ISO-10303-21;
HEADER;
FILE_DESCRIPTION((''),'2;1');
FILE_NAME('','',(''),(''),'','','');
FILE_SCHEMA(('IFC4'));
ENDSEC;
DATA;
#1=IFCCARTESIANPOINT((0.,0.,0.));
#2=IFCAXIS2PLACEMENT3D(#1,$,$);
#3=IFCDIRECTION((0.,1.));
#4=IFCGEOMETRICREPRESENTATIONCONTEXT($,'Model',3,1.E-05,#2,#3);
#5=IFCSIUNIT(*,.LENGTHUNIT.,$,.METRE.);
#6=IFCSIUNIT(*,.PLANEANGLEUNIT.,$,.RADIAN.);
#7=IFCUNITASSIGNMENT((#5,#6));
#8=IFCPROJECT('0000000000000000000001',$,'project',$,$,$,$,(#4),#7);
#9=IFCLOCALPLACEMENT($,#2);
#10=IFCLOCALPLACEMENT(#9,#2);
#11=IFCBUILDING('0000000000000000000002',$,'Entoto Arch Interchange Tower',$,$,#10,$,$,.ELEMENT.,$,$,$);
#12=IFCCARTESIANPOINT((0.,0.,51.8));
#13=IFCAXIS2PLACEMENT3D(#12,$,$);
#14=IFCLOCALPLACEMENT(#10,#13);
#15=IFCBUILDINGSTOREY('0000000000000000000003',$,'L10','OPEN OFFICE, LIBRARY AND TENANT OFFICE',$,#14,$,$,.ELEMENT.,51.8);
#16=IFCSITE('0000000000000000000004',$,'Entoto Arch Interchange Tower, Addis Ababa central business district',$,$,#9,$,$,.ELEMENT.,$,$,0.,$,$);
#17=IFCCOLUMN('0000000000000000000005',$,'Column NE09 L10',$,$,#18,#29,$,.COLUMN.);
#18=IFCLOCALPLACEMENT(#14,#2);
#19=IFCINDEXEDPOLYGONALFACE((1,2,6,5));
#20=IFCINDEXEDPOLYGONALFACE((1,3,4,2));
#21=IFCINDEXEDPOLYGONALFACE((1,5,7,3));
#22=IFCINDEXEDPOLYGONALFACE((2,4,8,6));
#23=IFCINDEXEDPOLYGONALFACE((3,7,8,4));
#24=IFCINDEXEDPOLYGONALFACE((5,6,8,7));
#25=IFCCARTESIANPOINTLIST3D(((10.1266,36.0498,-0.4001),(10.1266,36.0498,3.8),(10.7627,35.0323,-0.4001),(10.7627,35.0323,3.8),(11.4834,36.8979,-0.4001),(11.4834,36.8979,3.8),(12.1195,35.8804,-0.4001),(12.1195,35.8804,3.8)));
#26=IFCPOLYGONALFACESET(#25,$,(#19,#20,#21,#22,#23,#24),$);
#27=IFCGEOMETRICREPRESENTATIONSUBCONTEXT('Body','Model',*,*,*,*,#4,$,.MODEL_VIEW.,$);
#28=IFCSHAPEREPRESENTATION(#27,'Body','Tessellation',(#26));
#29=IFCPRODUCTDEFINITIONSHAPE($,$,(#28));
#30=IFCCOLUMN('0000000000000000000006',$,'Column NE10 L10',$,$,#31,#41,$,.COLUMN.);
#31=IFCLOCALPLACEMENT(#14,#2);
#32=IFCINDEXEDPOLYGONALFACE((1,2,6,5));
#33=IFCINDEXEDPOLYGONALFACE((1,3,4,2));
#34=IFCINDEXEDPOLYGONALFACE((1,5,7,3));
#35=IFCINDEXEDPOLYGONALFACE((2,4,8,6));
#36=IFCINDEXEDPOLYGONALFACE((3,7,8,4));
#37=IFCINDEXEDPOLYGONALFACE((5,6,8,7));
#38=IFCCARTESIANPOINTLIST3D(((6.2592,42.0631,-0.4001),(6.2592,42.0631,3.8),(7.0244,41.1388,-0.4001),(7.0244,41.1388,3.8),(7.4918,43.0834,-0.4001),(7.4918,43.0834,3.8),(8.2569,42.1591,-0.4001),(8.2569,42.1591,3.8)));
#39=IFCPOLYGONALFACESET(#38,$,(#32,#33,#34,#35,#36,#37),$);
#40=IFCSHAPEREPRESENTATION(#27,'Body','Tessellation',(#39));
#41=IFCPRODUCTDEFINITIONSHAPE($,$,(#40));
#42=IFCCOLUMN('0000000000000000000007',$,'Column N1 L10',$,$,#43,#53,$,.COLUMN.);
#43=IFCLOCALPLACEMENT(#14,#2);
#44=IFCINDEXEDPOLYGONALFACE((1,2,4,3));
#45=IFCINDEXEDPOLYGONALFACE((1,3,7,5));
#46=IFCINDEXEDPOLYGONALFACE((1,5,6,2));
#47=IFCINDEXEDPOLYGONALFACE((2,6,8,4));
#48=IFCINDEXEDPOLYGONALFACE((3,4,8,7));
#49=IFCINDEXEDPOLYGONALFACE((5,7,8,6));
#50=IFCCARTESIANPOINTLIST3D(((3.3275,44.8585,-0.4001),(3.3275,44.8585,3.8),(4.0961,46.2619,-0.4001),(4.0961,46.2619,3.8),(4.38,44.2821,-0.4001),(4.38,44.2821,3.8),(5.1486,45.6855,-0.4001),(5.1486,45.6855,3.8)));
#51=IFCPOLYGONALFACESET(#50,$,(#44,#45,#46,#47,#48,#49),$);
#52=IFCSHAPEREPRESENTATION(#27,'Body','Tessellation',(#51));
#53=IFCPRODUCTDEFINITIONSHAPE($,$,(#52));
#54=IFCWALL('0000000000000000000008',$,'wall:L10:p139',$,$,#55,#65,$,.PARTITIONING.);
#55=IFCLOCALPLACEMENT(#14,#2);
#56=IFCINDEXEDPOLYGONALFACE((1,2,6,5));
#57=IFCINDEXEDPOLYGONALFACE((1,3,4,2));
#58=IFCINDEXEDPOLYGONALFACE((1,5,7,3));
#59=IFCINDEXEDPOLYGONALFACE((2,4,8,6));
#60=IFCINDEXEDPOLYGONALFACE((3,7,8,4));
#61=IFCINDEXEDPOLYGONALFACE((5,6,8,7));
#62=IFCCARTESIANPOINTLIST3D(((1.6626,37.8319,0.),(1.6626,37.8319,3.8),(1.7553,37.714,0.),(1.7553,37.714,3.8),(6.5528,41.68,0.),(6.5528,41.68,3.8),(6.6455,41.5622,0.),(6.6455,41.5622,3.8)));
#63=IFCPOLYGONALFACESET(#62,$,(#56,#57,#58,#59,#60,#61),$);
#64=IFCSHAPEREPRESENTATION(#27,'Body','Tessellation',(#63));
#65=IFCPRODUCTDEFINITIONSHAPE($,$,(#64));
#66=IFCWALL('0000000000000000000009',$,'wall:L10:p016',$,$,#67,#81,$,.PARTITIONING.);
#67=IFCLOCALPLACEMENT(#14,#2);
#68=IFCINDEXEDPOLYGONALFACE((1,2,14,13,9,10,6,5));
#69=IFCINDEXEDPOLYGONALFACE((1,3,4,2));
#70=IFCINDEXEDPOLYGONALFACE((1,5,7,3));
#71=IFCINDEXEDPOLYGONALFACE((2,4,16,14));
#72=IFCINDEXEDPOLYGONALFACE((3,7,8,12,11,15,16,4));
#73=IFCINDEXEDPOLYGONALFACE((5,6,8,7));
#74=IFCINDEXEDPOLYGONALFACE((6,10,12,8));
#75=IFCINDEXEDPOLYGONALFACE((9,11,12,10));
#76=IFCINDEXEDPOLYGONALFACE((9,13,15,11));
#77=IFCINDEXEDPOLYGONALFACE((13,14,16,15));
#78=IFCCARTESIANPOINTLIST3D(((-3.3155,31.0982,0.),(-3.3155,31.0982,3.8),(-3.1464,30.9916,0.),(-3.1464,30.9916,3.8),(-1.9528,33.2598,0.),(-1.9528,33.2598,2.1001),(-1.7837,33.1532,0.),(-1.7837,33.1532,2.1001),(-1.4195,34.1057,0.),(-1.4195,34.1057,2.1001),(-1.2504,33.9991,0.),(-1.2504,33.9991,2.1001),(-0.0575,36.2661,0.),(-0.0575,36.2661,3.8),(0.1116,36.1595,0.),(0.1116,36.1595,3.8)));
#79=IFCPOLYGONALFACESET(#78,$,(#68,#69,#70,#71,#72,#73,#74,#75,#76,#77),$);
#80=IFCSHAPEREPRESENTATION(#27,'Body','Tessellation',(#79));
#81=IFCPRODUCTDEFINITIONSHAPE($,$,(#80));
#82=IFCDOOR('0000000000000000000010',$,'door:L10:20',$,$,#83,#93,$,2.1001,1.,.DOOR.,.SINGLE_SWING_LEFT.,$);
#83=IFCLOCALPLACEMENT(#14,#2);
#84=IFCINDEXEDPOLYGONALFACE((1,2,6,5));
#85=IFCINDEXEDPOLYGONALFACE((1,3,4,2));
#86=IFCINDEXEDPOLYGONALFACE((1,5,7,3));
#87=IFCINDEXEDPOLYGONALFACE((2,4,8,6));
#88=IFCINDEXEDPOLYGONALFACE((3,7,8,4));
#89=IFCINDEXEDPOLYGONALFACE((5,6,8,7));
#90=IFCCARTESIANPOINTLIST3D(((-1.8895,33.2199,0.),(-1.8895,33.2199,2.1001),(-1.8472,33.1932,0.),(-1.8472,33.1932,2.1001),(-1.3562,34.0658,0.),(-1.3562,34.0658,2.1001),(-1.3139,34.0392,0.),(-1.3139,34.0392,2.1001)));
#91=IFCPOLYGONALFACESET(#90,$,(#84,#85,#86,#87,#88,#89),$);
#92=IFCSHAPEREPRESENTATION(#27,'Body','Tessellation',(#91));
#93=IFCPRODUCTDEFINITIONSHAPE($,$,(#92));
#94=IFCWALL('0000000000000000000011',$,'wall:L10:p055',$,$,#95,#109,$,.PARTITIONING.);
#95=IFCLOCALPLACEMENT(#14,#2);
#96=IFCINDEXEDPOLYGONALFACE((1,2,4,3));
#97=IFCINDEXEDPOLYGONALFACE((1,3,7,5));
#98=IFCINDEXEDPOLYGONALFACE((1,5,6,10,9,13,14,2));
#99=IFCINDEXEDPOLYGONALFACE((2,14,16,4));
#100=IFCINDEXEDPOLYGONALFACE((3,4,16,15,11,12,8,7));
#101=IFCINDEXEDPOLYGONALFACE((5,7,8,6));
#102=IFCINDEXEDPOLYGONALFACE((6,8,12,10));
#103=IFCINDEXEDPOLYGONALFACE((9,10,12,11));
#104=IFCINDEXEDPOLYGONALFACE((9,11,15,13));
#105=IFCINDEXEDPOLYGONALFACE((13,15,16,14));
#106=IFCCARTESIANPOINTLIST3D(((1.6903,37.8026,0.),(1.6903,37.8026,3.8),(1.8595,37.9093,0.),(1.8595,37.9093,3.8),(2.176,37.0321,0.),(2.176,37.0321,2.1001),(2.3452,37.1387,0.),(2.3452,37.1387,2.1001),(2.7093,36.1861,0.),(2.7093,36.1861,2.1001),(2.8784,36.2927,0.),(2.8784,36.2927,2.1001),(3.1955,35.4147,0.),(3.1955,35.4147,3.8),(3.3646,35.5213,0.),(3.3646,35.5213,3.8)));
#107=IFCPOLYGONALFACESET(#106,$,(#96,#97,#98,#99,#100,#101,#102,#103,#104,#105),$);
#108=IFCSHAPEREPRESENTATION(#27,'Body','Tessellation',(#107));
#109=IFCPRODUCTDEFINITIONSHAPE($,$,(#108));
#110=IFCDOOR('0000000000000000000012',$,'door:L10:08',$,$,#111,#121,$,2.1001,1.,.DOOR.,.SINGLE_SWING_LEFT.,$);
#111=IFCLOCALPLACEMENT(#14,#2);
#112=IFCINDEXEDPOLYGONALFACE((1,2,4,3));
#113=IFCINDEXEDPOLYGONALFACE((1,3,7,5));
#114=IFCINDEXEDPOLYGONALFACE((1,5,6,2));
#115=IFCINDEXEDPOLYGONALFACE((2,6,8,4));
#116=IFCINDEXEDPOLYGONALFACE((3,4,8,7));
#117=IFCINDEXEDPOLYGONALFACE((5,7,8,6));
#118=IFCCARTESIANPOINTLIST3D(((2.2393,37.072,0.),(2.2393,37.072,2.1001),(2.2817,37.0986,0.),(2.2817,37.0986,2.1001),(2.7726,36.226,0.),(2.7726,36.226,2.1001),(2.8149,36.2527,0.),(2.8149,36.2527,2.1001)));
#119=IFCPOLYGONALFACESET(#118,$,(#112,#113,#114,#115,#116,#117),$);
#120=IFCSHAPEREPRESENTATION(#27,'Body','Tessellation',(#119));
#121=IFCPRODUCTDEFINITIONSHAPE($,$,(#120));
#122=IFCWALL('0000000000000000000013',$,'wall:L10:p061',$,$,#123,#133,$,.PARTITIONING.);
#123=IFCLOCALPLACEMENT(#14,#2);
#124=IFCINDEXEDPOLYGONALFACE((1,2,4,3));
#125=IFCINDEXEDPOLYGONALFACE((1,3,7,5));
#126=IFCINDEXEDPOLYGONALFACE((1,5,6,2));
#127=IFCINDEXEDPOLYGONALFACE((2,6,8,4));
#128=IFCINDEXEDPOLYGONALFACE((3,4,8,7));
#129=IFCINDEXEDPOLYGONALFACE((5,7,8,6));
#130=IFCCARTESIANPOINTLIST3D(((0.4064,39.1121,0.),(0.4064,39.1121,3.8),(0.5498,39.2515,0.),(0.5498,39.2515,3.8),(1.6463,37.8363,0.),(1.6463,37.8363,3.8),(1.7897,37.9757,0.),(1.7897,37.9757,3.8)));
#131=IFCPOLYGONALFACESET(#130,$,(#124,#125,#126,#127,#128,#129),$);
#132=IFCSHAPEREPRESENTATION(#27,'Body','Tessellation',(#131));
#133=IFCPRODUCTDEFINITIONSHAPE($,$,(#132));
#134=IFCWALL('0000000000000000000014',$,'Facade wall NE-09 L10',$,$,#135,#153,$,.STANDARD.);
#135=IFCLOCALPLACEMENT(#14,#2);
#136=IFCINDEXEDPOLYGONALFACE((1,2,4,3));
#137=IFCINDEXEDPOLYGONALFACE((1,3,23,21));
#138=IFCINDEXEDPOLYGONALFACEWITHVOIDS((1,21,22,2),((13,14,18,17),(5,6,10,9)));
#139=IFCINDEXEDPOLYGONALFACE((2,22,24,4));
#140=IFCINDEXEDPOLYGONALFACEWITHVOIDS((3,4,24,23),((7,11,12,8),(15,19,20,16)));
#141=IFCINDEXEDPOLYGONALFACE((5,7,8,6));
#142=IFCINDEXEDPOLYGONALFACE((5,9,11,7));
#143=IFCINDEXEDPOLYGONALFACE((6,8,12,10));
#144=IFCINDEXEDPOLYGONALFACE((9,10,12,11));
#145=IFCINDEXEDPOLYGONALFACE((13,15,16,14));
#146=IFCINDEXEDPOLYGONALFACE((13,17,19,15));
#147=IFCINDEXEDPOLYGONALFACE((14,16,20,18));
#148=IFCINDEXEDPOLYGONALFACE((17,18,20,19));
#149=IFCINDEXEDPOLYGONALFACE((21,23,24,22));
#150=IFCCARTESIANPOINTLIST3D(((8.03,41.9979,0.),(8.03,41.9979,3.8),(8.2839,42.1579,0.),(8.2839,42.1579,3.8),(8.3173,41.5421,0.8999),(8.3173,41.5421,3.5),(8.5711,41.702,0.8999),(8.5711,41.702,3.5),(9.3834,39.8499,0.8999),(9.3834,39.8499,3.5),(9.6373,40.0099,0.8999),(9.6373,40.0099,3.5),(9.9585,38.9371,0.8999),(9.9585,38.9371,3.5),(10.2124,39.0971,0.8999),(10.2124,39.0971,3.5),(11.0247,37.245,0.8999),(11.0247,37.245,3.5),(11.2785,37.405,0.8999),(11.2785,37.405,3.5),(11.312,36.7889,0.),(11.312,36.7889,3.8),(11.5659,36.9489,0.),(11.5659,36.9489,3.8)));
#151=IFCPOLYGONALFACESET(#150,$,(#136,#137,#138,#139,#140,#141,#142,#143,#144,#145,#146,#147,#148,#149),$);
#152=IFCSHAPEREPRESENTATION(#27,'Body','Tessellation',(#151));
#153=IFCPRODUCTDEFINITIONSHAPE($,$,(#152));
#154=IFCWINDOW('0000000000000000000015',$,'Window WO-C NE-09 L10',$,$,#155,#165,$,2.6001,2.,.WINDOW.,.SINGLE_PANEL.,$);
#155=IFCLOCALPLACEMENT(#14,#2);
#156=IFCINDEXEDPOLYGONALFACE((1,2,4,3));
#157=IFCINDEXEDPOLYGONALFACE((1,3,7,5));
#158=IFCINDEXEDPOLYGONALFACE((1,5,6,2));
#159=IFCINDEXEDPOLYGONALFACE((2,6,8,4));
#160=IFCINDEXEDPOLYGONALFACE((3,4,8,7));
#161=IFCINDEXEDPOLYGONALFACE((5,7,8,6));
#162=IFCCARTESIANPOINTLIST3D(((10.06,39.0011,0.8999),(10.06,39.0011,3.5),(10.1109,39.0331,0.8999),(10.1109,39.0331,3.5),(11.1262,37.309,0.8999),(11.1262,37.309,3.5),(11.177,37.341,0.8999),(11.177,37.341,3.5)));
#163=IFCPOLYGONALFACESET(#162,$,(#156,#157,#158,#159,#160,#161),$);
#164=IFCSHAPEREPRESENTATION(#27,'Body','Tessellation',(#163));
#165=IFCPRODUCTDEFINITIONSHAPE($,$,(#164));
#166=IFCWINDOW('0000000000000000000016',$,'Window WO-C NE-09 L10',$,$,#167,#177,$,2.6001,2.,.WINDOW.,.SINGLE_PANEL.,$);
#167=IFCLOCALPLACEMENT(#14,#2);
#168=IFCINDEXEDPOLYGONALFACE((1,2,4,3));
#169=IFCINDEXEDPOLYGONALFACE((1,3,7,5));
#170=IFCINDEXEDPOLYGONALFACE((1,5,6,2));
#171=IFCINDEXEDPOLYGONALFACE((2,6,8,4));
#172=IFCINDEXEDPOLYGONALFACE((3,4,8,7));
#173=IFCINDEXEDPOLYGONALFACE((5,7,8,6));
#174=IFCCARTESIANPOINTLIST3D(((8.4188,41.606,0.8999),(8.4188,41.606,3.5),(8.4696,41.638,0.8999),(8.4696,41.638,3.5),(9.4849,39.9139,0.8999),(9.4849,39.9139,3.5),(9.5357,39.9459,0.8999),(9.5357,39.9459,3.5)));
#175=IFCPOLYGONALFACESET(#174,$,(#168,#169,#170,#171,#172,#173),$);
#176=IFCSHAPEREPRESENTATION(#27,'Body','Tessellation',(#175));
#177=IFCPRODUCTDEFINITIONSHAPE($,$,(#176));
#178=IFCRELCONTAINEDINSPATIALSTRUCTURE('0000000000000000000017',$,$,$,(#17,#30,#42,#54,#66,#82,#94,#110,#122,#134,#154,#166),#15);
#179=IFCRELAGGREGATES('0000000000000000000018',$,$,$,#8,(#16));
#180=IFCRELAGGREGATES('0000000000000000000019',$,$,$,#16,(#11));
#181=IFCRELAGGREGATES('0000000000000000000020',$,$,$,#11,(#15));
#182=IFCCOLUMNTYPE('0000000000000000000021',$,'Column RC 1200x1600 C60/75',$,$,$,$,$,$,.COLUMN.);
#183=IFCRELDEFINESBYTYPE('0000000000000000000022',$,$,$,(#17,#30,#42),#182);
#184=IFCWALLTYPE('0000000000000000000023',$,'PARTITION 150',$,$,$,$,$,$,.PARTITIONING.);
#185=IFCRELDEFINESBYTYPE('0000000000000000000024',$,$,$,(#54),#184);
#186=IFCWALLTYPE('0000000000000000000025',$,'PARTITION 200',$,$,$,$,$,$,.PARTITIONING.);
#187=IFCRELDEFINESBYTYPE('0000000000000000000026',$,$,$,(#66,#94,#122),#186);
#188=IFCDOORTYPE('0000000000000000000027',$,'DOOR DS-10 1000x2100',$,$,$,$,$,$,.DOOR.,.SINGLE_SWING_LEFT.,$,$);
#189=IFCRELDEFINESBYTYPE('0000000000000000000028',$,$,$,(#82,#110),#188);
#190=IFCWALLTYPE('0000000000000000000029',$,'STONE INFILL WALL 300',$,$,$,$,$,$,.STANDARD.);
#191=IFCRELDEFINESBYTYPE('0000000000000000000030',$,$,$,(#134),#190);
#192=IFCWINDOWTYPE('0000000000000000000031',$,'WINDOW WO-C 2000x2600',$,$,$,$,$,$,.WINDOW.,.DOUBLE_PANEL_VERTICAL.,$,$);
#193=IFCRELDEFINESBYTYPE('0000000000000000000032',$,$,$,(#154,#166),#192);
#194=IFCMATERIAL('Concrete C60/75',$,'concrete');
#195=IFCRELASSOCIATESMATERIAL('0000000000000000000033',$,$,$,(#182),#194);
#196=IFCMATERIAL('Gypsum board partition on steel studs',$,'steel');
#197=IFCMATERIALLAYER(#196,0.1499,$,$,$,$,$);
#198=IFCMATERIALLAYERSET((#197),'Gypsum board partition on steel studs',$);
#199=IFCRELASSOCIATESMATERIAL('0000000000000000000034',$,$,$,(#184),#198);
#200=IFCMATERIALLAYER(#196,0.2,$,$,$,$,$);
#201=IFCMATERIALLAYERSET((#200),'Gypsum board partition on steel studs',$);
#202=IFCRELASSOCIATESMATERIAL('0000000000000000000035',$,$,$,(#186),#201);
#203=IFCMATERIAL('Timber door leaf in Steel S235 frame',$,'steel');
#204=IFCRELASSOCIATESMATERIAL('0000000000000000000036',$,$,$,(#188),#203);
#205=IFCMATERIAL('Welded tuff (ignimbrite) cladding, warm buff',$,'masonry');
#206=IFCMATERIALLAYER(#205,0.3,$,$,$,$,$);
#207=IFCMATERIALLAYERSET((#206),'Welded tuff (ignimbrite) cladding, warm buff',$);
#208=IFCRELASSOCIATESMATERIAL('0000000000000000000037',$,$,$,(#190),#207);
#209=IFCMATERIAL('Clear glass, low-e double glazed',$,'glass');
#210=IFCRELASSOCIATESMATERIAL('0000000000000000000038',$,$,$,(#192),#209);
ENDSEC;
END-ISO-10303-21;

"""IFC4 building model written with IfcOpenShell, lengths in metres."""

from ifc_helpers import new_model, si_unit, direction, frame, frame_2d, origin, origin_2d, place, context, subcontext, project, spatial, rectangle, extrude, material, layer, layer_set, material_profile, profile_set, type_object, element, fill, save


model = new_model("IFC4")

# Units and contexts
model_context = context("Model", 3, precision=1e-05, world=origin(), true_north=direction((0.0, 1.0)))
body_context = subcontext(model_context, "Body", "Model", "MODEL_VIEW")
ifc_project = project(units=[si_unit("LENGTHUNIT", "METRE"), si_unit("PLANEANGLEUNIT", "RADIAN")], contexts=[model_context])

# Site, building, storey
site_placement = place(None, origin())
site = spatial("IfcSite", under=ifc_project, at=site_placement, Name="Entoto Arch Interchange Tower, Addis Ababa central business district", CompositionType="ELEMENT", RefElevation=0.0)
building_placement = place(site_placement, origin())
building = spatial("IfcBuilding", under=site, at=building_placement, Name="Entoto Arch Interchange Tower", CompositionType="ELEMENT")
storey_placement = place(building_placement, frame((0.0, 0.0, 51.8)))
storey = spatial("IfcBuildingStorey", under=building, at=storey_placement, Name="L10", Description="OPEN OFFICE, LIBRARY AND TENANT OFFICE", CompositionType="ELEMENT", Elevation=51.8)

# Columns
ifc_material_1 = material(Name="Concrete C60/75", Category="concrete")
ifc_material_profile = material_profile(ifc_material_1, rectangle(XDim=1.2, YDim=1.6001, at=origin_2d()))
ifc_profile_set = profile_set([ifc_material_profile], Name="Concrete C60/75")
column_type = type_object("IfcColumnType", Name="Column RC 1200x1600 C60/75", PredefinedType="COLUMN", material=ifc_profile_set)
for number, where, z_axis, x_axis, name in (
    (1, (11.123, 35.9651, -0.4001), (0.0, 0.0, 1.0), (-0.530067, 0.847956, 0.0), "Column NE09 L10"),
    (2, (7.2581, 42.1111, -0.4001), (0.0, 0.0, 1.0), (-0.637666, 0.770313, 0.0), "Column NE10 L10"),
    (3, (4.238, 45.272, -0.4001), (0.0, 0.0, 1.0), (-0.877079, 0.480346, 0.0), "Column N1 L10"),
):
    element("IfcColumn", number, at=place(storey_placement, frame(where, z_axis=z_axis, x_axis=x_axis)), inside=storey, type_object=column_type, Name=name, PredefinedType="COLUMN", context=body_context, shape_type="SweptSolid", body=[
        extrude(rectangle(XDim=1.2, YDim=1.6001, at=origin_2d()), origin(), (0.0, 0.0, 1.0), 4.2002),
    ])

# Wall
ifc_material_2 = material(Name="Gypsum board partition on steel studs", Category="steel")
ifc_layer_1 = layer(ifc_material_2, 0.1499)
ifc_layer_set_1 = layer_set([ifc_layer_1], Name="Gypsum board partition on steel studs")
wall_type_1 = type_object("IfcWallType", Name="PARTITION 150", PredefinedType="PARTITIONING", material=ifc_layer_set_1)
wall_1_placement = place(storey_placement, frame((1.709, 37.7729, 0.0), z_axis=(0.0, 0.0, 1.0), x_axis=(0.785858, 0.618407, 0.0)))
element("IfcWall", 4, at=wall_1_placement, inside=storey, type_object=wall_type_1, Name="wall:L10:p139", PredefinedType="PARTITIONING", context=body_context, shape_type="SweptSolid", body=[
    extrude(rectangle(XDim=6.2227, YDim=0.1499, at=frame_2d((3.1113, 0.0))), origin(), (0.0, 0.0, 1.0), 3.8),
])

# Walls, openings, doors
ifc_layer_2 = layer(ifc_material_2, 0.2)
ifc_layer_set_2 = layer_set([ifc_layer_2], Name="Gypsum board partition on steel studs")
wall_type_2 = type_object("IfcWallType", Name="PARTITION 200", PredefinedType="PARTITIONING", material=ifc_layer_set_2)
wall_2_placement = place(storey_placement, frame((0.0271, 36.2129, 0.0), z_axis=(0.0, 0.0, 1.0), x_axis=(-0.5333, -0.845926, 0.0)))
wall_2 = element("IfcWall", 5, at=wall_2_placement, inside=storey, type_object=wall_type_2, Name="wall:L10:p016", PredefinedType="PARTITIONING", context=body_context, shape_type="SweptSolid", body=[
    extrude(rectangle(XDim=6.1091, YDim=0.2, at=frame_2d((3.0547, 0.0))), origin(), (0.0, 0.0, 1.0), 3.8),
])
opening_1_placement = place(wall_2_placement, frame((2.554, 0.0, 0.0)))
opening_1 = element("IfcOpeningElement", 6, at=opening_1_placement, cuts=wall_2, PredefinedType="OPENING", context=body_context, shape_type="SweptSolid", body=[
    extrude(rectangle(XDim=1.0, YDim=2.1001, at=frame_2d((0.5, 1.05))), frame((0.0, 0.1099, 0.0), z_axis=(0.0, -1.0, 0.0), x_axis=(1.0, 0.0, 0.0)), (0.0, 0.0, 1.0), 0.22),
])
ifc_material_3 = material(Name="Timber door leaf in Steel S235 frame", Category="steel")
door_type = type_object("IfcDoorType", Name="DOOR DS-10 1000x2100", OperationType="SINGLE_SWING_LEFT", PredefinedType="DOOR", material=ifc_material_3)
door_1_placement = place(opening_1_placement, origin())
door_1 = element("IfcDoor", 7, at=door_1_placement, inside=storey, type_object=door_type, Name="door:L10:20", OperationType="SINGLE_SWING_LEFT", OverallHeight=2.1001, OverallWidth=1.0, PredefinedType="DOOR", context=body_context, shape_type="SweptSolid", body=[
    extrude(rectangle(XDim=1.0, YDim=2.1001, at=frame_2d((0.5, 1.05))), frame((0.0, 0.0249, 0.0), z_axis=(0.0, -1.0, 0.0), x_axis=(1.0, 0.0, 0.0)), (0.0, 0.0, 1.0), 0.05),
])
fill(opening_1, door_1)
wall_3_placement = place(storey_placement, frame((1.7749, 37.856, 0.0), z_axis=(0.0, 0.0, 1.0), x_axis=(0.533222, -0.845976, 0.0)))
wall_3 = element("IfcWall", 8, at=wall_3_placement, inside=storey, type_object=wall_type_2, Name="wall:L10:p055", PredefinedType="PARTITIONING", context=body_context, shape_type="SweptSolid", body=[
    extrude(rectangle(XDim=2.8228, YDim=0.2, at=frame_2d((1.4114, 0.0))), origin(), (0.0, 0.0, 1.0), 3.8),
])
opening_2_placement = place(wall_3_placement, frame((0.9109, 0.0, 0.0)))
opening_2 = element("IfcOpeningElement", 9, at=opening_2_placement, cuts=wall_3, PredefinedType="OPENING", context=body_context, shape_type="SweptSolid", body=[
    extrude(rectangle(XDim=1.0, YDim=2.1001, at=frame_2d((0.5, 1.05))), frame((0.0, 0.1099, 0.0), z_axis=(0.0, -1.0, 0.0), x_axis=(1.0, 0.0, 0.0)), (0.0, 0.0, 1.0), 0.22),
])
door_2_placement = place(opening_2_placement, origin())
door_2 = element("IfcDoor", 10, at=door_2_placement, inside=storey, type_object=door_type, Name="door:L10:08", OperationType="SINGLE_SWING_LEFT", OverallHeight=2.1001, OverallWidth=1.0, PredefinedType="DOOR", context=body_context, shape_type="SweptSolid", body=[
    extrude(rectangle(XDim=1.0, YDim=2.1001, at=frame_2d((0.5, 1.05))), frame((0.0, 0.0249, 0.0), z_axis=(0.0, -1.0, 0.0), x_axis=(1.0, 0.0, 0.0)), (0.0, 0.0, 1.0), 0.05),
])
fill(opening_2, door_2)

# Wall
wall_4_placement = place(storey_placement, frame((0.478, 39.1819, 0.0), z_axis=(0.0, 0.0, 1.0), x_axis=(0.696949, -0.717121, 0.0)))
element("IfcWall", 11, at=wall_4_placement, inside=storey, type_object=wall_type_2, Name="wall:L10:p061", PredefinedType="PARTITIONING", context=body_context, shape_type="SweptSolid", body=[
    extrude(rectangle(XDim=1.7791, YDim=0.2, at=frame_2d((0.8896, 0.0))), origin(), (0.0, 0.0, 1.0), 3.8),
])

# Wall, openings, windows
ifc_material_4 = material(Name="Welded tuff (ignimbrite) cladding, warm buff", Category="masonry")
ifc_layer_3 = layer(ifc_material_4, 0.3)
ifc_layer_set_3 = layer_set([ifc_layer_3], Name="Welded tuff (ignimbrite) cladding, warm buff")
wall_type_3 = type_object("IfcWallType", Name="STONE INFILL WALL 300", PredefinedType="STANDARD", material=ifc_layer_set_3)
wall_5_placement = place(storey_placement, frame((11.439, 36.8689, 0.0), z_axis=(0.0, 0.0, 1.0), x_axis=(-0.533075, 0.846068, 0.0)))
wall_5 = element("IfcWall", 12, at=wall_5_placement, inside=storey, type_object=wall_type_3, Name="Facade wall NE-09 L10", PredefinedType="STANDARD", context=body_context, shape_type="SweptSolid", body=[
    extrude(rectangle(XDim=6.1567, YDim=0.3, at=frame_2d((3.0784, 0.0))), origin(), (0.0, 0.0, 1.0), 3.8),
])
opening_3_placement = place(wall_5_placement, frame((0.5391, 0.0, 0.8999)))
opening_3 = element("IfcOpeningElement", 13, at=opening_3_placement, cuts=wall_5, PredefinedType="OPENING", context=body_context, shape_type="SweptSolid", body=[
    extrude(rectangle(XDim=2.0, YDim=2.6001, at=frame_2d((1.0, 1.3))), frame((0.0, 0.1602, 0.0), z_axis=(0.0, -1.0, 0.0), x_axis=(1.0, 0.0, 0.0)), (0.0, 0.0, 1.0), 0.3201),
])
opening_4_placement = place(wall_5_placement, frame((3.6179, 0.0, 0.8999)))
opening_4 = element("IfcOpeningElement", 14, at=opening_4_placement, cuts=wall_5, PredefinedType="OPENING", context=body_context, shape_type="SweptSolid", body=[
    extrude(rectangle(XDim=2.0, YDim=2.6001, at=frame_2d((1.0, 1.3))), frame((0.0, 0.1602, 0.0), z_axis=(0.0, -1.0, 0.0), x_axis=(1.0, 0.0, 0.0)), (0.0, 0.0, 1.0), 0.3201),
])
ifc_material_5 = material(Name="Clear glass, low-e double glazed", Category="glass")
window_type_1 = type_object("IfcWindowType", Name="WINDOW WO-C 2000x2600", PartitioningType="DOUBLE_PANEL_VERTICAL", PredefinedType="WINDOW", material=ifc_material_5)
window_1_placement = place(opening_3_placement, origin())
window_1 = element("IfcWindow", 15, at=window_1_placement, inside=storey, type_object=window_type_1, Name="Window WO-C NE-09 L10", OverallHeight=2.6001, OverallWidth=2.0, PartitioningType="SINGLE_PANEL", PredefinedType="WINDOW", context=body_context, shape_type="SweptSolid", body=[
    extrude(rectangle(XDim=2.0, YDim=2.6001, at=frame_2d((1.0, 1.3))), frame((0.0, 0.03, 0.0), z_axis=(0.0, -1.0, 0.0), x_axis=(1.0, 0.0, 0.0)), (0.0, 0.0, 1.0), 0.0601),
])
fill(opening_3, window_1)
window_2_placement = place(opening_4_placement, origin())
window_2 = element("IfcWindow", 16, at=window_2_placement, inside=storey, type_object=window_type_1, Name="Window WO-C NE-09 L10", OverallHeight=2.6001, OverallWidth=2.0, PartitioningType="SINGLE_PANEL", PredefinedType="WINDOW", context=body_context, shape_type="SweptSolid", body=[
    extrude(rectangle(XDim=2.0, YDim=2.6001, at=frame_2d((1.0, 1.3))), frame((0.0, 0.03, 0.0), z_axis=(0.0, -1.0, 0.0), x_axis=(1.0, 0.0, 0.0)), (0.0, 0.0, 1.0), 0.0601),
])
fill(opening_4, window_2)

save(model, "model.ifc")
